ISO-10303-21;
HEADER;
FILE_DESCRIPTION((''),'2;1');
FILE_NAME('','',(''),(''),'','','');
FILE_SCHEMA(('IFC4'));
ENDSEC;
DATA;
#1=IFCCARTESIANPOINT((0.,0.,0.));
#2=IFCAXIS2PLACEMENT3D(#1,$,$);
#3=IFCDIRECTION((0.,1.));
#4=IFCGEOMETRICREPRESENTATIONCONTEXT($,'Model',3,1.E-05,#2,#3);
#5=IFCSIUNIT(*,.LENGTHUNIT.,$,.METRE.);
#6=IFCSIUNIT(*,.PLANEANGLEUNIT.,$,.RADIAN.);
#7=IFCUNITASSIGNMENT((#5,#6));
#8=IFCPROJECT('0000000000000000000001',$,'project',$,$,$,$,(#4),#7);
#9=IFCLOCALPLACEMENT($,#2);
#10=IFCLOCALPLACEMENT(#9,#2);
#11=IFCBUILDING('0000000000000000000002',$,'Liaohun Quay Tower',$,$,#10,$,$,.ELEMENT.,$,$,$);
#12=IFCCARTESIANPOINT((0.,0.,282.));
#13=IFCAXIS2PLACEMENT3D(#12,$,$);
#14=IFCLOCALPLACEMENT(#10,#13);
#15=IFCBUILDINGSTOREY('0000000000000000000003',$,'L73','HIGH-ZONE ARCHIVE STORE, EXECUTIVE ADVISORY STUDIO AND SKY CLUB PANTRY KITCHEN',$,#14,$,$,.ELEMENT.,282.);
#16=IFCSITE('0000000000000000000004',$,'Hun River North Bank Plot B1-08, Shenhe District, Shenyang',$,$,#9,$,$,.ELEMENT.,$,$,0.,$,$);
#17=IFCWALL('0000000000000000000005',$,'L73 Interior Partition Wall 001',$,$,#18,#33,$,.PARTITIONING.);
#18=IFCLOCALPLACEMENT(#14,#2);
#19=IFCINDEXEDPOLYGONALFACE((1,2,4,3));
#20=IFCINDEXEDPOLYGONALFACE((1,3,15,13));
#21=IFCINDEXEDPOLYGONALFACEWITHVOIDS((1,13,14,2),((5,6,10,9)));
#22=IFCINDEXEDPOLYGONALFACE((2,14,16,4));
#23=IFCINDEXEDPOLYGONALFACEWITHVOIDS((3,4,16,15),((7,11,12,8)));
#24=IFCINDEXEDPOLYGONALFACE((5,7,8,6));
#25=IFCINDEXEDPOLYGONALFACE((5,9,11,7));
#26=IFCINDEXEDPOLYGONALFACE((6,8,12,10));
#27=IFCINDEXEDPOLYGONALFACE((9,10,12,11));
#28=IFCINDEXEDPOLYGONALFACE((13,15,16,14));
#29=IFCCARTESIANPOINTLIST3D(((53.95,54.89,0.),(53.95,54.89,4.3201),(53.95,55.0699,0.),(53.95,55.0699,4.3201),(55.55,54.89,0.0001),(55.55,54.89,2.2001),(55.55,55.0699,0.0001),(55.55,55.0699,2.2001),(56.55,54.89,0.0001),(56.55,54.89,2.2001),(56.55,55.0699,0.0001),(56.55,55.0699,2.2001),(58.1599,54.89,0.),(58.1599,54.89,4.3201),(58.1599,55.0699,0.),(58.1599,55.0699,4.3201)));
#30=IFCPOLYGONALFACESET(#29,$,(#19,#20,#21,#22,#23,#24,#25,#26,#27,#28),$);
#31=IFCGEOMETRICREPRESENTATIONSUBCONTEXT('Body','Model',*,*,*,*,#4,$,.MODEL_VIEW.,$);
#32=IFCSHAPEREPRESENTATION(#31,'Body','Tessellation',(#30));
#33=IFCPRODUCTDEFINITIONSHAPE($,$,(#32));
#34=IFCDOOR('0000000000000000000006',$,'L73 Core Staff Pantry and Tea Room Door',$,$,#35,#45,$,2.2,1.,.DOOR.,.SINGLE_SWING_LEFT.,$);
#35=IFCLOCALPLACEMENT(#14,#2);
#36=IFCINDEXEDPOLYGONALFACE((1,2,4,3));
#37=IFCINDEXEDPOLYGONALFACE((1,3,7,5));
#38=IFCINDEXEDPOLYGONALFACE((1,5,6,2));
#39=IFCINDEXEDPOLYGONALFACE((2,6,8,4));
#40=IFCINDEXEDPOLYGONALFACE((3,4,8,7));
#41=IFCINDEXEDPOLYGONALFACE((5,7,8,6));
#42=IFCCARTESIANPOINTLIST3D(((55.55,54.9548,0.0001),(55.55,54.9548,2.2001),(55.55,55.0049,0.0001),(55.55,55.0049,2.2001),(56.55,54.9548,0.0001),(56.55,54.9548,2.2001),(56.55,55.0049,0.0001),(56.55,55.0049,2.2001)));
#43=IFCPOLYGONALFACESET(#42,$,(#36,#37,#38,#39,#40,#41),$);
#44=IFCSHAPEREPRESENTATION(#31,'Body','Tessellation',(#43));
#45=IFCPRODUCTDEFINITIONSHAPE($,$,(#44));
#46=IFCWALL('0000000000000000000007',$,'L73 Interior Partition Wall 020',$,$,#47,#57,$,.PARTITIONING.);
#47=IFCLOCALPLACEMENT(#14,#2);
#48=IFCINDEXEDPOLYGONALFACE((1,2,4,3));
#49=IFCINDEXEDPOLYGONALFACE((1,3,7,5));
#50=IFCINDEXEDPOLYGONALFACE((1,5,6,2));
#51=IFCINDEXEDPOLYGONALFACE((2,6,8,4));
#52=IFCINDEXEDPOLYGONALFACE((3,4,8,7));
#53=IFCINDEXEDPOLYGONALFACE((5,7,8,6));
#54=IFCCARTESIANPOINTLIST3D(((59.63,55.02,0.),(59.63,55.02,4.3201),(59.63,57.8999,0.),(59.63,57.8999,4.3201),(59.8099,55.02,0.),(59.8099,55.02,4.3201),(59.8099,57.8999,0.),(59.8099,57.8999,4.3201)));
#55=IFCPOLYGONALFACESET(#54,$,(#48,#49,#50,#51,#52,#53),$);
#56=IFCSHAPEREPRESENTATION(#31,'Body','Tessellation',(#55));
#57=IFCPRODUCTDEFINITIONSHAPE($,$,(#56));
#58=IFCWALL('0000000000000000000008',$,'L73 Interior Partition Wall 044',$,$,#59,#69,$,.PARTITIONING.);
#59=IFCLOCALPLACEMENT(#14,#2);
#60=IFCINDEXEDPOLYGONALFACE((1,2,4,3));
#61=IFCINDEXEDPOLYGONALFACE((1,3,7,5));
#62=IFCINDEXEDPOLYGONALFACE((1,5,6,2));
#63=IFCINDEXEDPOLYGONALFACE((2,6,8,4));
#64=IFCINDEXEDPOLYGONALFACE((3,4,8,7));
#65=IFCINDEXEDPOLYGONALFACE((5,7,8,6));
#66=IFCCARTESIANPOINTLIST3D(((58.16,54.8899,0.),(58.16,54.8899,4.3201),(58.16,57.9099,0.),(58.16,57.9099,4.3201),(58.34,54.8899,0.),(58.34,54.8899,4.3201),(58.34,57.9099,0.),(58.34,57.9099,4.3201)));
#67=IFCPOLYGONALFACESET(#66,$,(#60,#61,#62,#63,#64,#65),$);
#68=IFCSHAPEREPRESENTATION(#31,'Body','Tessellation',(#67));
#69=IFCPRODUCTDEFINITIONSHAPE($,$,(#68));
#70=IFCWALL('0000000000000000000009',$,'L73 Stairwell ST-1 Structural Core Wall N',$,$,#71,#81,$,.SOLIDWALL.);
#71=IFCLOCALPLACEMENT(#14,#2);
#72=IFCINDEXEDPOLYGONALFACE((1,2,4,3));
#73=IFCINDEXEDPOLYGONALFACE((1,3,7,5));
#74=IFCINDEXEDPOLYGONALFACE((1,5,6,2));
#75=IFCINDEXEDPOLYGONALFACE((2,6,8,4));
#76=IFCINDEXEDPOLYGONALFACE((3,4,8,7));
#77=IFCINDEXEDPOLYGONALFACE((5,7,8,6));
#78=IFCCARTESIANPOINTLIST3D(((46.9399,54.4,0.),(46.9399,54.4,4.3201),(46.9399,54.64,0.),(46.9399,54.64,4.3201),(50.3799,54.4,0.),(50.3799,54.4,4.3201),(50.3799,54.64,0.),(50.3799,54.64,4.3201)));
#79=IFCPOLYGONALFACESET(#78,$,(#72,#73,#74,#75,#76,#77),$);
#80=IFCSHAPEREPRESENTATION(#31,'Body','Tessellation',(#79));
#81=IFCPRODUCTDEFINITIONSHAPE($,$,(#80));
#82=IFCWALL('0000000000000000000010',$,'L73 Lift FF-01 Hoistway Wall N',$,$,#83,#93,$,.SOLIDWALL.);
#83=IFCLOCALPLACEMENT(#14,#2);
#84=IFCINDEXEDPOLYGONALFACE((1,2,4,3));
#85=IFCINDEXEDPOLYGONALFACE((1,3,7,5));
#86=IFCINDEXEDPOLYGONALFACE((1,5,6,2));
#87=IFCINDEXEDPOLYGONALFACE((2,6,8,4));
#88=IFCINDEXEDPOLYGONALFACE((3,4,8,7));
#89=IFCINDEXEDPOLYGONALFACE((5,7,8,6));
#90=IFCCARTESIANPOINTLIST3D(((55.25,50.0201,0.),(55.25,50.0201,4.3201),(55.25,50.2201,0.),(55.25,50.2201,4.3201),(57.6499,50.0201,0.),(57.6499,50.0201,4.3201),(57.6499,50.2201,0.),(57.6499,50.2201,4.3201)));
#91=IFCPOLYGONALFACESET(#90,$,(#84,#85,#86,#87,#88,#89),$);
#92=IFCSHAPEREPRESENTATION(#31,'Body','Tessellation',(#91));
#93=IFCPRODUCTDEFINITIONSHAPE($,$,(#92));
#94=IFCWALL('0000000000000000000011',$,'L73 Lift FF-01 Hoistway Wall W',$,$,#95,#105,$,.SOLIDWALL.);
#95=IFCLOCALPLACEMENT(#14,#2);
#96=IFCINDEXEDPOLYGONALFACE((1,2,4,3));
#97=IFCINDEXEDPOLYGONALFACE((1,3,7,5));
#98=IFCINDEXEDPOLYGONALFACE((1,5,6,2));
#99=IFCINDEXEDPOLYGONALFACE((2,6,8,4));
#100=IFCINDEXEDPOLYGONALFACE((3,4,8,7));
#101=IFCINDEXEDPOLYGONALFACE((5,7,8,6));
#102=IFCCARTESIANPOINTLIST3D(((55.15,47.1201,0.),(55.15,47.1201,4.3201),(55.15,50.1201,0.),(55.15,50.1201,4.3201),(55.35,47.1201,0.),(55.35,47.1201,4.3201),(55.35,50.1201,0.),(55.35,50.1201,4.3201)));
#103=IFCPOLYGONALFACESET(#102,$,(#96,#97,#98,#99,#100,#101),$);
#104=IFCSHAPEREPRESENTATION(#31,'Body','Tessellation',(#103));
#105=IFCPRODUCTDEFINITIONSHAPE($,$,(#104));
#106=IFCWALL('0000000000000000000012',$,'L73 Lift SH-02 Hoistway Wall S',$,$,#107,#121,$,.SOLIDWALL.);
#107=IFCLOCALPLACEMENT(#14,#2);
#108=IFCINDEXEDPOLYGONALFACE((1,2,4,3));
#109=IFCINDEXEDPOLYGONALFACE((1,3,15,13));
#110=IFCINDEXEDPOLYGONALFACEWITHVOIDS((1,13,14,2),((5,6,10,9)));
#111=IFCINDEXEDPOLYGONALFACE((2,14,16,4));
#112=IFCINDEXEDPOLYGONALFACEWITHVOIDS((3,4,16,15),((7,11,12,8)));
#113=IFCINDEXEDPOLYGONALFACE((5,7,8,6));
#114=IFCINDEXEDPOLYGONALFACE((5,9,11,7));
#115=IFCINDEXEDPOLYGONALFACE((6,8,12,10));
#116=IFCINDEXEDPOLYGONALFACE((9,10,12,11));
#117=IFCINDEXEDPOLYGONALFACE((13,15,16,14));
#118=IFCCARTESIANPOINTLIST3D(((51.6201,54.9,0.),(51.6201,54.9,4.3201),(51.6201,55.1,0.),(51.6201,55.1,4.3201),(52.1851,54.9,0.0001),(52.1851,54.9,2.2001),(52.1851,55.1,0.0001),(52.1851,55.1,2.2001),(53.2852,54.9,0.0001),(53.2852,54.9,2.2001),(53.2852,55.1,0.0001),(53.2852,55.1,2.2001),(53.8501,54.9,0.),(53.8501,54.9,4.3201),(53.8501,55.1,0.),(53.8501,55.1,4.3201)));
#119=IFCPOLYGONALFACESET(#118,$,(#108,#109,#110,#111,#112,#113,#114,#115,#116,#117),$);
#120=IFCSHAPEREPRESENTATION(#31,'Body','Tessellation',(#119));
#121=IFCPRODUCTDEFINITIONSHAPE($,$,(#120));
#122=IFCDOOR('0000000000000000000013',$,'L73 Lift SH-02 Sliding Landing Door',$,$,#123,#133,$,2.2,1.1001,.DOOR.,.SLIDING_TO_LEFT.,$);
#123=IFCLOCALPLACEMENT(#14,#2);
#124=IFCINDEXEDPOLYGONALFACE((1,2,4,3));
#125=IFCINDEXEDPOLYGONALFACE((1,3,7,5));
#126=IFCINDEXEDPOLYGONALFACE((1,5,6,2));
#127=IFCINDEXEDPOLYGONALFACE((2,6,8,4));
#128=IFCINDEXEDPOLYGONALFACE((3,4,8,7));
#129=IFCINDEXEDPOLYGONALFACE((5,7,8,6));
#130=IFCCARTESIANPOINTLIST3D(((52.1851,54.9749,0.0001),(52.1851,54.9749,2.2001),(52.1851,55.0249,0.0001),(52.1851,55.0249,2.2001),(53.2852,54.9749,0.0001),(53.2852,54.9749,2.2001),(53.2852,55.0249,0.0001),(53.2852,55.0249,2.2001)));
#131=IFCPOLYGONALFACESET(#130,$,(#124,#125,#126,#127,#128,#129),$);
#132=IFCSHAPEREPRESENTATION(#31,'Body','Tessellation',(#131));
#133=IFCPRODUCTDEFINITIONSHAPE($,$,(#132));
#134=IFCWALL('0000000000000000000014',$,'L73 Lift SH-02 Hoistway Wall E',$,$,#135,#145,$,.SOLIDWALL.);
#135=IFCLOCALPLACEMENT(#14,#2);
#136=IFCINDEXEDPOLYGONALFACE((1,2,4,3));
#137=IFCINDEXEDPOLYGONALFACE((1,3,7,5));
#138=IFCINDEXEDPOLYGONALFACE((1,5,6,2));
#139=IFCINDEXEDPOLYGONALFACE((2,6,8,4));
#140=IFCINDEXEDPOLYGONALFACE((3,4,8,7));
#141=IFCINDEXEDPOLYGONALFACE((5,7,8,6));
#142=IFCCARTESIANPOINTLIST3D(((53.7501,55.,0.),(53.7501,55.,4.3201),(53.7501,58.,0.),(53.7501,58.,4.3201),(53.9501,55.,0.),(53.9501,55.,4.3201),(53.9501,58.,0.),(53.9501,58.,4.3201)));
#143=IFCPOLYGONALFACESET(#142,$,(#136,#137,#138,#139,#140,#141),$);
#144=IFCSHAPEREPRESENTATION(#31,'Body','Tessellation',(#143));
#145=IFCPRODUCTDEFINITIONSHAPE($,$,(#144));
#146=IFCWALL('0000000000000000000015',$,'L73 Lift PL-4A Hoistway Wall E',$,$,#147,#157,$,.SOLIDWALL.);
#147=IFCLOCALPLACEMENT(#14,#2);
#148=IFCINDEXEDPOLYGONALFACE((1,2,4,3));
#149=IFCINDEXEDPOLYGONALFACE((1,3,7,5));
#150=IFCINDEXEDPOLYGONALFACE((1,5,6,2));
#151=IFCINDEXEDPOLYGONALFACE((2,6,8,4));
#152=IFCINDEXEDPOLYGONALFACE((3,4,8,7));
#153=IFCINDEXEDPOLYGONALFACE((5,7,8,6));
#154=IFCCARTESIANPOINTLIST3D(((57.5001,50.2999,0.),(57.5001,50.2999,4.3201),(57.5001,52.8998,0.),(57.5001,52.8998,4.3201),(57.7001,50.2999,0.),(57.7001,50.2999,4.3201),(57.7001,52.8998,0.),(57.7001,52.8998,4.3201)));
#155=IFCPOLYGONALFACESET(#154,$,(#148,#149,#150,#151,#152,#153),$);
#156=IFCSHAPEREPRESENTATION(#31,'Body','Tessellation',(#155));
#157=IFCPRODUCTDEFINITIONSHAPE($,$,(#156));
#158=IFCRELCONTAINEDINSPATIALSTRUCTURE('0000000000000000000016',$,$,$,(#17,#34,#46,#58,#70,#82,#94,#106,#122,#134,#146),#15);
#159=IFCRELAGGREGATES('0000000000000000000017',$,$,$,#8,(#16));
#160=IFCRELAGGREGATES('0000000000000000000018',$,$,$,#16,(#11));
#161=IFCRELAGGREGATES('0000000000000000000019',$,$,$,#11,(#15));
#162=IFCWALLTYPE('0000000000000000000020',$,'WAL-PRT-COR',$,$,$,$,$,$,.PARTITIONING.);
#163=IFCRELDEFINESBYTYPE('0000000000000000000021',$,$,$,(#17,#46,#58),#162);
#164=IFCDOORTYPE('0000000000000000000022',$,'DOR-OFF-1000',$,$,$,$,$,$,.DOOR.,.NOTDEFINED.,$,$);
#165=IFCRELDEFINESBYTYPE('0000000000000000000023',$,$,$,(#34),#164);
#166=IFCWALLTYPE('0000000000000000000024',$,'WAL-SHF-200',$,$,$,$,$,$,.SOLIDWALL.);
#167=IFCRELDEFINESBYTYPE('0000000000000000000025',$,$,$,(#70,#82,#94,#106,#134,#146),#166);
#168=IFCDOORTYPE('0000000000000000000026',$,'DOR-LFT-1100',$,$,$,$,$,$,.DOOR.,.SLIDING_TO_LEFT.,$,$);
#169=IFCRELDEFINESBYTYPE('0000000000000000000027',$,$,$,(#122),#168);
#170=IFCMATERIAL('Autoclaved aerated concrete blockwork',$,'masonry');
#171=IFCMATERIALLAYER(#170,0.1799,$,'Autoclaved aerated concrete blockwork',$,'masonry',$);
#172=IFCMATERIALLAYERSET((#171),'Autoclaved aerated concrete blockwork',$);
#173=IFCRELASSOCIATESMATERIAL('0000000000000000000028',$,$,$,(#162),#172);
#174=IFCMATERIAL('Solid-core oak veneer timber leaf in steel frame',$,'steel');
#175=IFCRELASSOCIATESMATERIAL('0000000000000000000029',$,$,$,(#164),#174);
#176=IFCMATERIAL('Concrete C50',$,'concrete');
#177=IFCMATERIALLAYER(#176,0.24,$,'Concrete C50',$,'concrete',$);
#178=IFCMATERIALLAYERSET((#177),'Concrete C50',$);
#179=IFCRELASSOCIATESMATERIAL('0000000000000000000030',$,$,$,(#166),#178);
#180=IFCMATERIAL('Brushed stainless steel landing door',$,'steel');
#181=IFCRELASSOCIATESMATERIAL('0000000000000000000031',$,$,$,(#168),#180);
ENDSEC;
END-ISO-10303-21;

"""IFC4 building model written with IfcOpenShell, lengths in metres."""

from ifc_helpers import new_model, si_unit, direction, frame, frame_2d, origin, place, context, subcontext, project, spatial, rectangle, extrude, source, transform, mapped, material, layer, layer_set, type_object, element, fill, save


model = new_model("IFC4")

# Units and contexts
model_context = context("Model", 3, precision=1e-05, world=origin(), true_north=direction((0.0, 1.0)))
body_context = subcontext(model_context, "Body", "Model", "MODEL_VIEW")
ifc_project = project(units=[si_unit("LENGTHUNIT", "METRE"), si_unit("PLANEANGLEUNIT", "RADIAN")], contexts=[model_context])

# Site, building, storey
site_placement = place(None, origin())
site = spatial("IfcSite", under=ifc_project, at=site_placement, Name="Hun River North Bank Plot B1-08, Shenhe District, Shenyang", CompositionType="ELEMENT", RefElevation=0.0)
building_placement = place(site_placement, origin())
building = spatial("IfcBuilding", under=site, at=building_placement, Name="Liaohun Quay Tower", CompositionType="ELEMENT")
storey_placement = place(building_placement, frame((0.0, 0.0, 282.0)))
storey = spatial("IfcBuildingStorey", under=building, at=storey_placement, Name="L73", Description="HIGH-ZONE ARCHIVE STORE, EXECUTIVE ADVISORY STUDIO AND SKY CLUB PANTRY KITCHEN", CompositionType="ELEMENT", Elevation=282.0)

# Wall, opening, door
ifc_material_1 = material(Name="Autoclaved aerated concrete blockwork", Category="masonry")
ifc_layer_1 = layer(ifc_material_1, 0.1799, Name="Autoclaved aerated concrete blockwork", Category="masonry")
ifc_layer_set_1 = layer_set([ifc_layer_1], Name="Autoclaved aerated concrete blockwork")
wall_type_1 = type_object("IfcWallType", Name="WAL-PRT-COR", PredefinedType="PARTITIONING", material=ifc_layer_set_1)
wall_1_placement = place(storey_placement, frame((53.95, 54.98, 0.0), z_axis=(0.0, 0.0, 1.0), x_axis=(1.0, 0.0, 0.0)))
wall_1 = element("IfcWall", 1, at=wall_1_placement, inside=storey, type_object=wall_type_1, Name="L73 Interior Partition Wall 001", PredefinedType="PARTITIONING", context=body_context, shape_type="SweptSolid", body=[
    extrude(rectangle(XDim=4.21, YDim=0.1799, at=frame_2d((2.105, 0.0))), origin(), (0.0, 0.0, 1.0), 4.3201),
])
shared_shape_1 = source(origin(), body_context, "Body", "SweptSolid", [
    extrude(rectangle(XDim=1.0, YDim=2.2, at=frame_2d((0.5, 1.1001))), frame((0.0, 0.0999, 0.0), z_axis=(0.0, -1.0, 0.0), x_axis=(1.0, 0.0, 0.0)), (0.0, 0.0, 1.0), 0.2),
])
opening_1_placement = place(wall_1_placement, frame((1.6001, 0.0, 0.0)))
opening_1 = element("IfcOpeningElement", 2, at=opening_1_placement, cuts=wall_1, PredefinedType="OPENING", context=body_context, shape_type="MappedRepresentation", body=[
    mapped(shared_shape_1, transform((0.0, 0.0, 0.0), x_axis=(1.0, 0.0, 0.0), y_axis=(0.0, 1.0, 0.0), z_axis=(0.0, 0.0, 1.0), scale=1.0)),
])
ifc_material_2 = material(Name="Solid-core oak veneer timber leaf in steel frame", Category="steel")
door_type_1 = type_object("IfcDoorType", Name="DOR-OFF-1000", OperationType="NOTDEFINED", PredefinedType="DOOR", material=ifc_material_2)
shared_shape_2 = source(origin(), body_context, "Body", "SweptSolid", [
    extrude(rectangle(XDim=1.0, YDim=2.2, at=frame_2d((0.5, 1.1001))), frame((0.0, 0.0249, 0.0), z_axis=(0.0, -1.0, 0.0), x_axis=(1.0, 0.0, 0.0)), (0.0, 0.0, 1.0), 0.05),
])
door_1_placement = place(opening_1_placement, origin())
door_1 = element("IfcDoor", 3, at=door_1_placement, inside=storey, type_object=door_type_1, Name="L73 Core Staff Pantry and Tea Room Door", OperationType="SINGLE_SWING_LEFT", OverallHeight=2.2, OverallWidth=1.0, PredefinedType="DOOR", context=body_context, shape_type="MappedRepresentation", body=[
    mapped(shared_shape_2, transform((0.0, 0.0, 0.0), x_axis=(1.0, 0.0, 0.0), y_axis=(0.0, 1.0, 0.0), z_axis=(0.0, 0.0, 1.0), scale=1.0)),
])
fill(opening_1, door_1)

# Walls
wall_2_placement = place(storey_placement, frame((59.72, 55.02, 0.0), z_axis=(0.0, 0.0, 1.0), x_axis=(0.0, 1.0, 0.0)))
element("IfcWall", 4, at=wall_2_placement, inside=storey, type_object=wall_type_1, Name="L73 Interior Partition Wall 020", PredefinedType="PARTITIONING", context=body_context, shape_type="SweptSolid", body=[
    extrude(rectangle(XDim=2.8799, YDim=0.1799, at=frame_2d((1.4399, 0.0))), origin(), (0.0, 0.0, 1.0), 4.3201),
])
wall_3_placement = place(storey_placement, frame((58.25, 54.8899, 0.0), z_axis=(0.0, 0.0, 1.0), x_axis=(0.0, 1.0, 0.0)))
element("IfcWall", 5, at=wall_3_placement, inside=storey, type_object=wall_type_1, Name="L73 Interior Partition Wall 044", PredefinedType="PARTITIONING", context=body_context, shape_type="SweptSolid", body=[
    extrude(rectangle(XDim=3.02, YDim=0.1799, at=frame_2d((1.51, 0.0))), origin(), (0.0, 0.0, 1.0), 4.3201),
])
ifc_material_3 = material(Name="Concrete C50", Category="concrete")
ifc_layer_2 = layer(ifc_material_3, 0.24, Name="Concrete C50", Category="concrete")
ifc_layer_set_2 = layer_set([ifc_layer_2], Name="Concrete C50")
wall_type_2 = type_object("IfcWallType", Name="WAL-SHF-200", PredefinedType="SOLIDWALL", material=ifc_layer_set_2)
wall_4_placement = place(storey_placement, frame((50.3799, 54.52, 0.0), z_axis=(0.0, 0.0, 1.0), x_axis=(-1.0, 0.0, 0.0)))
element("IfcWall", 6, at=wall_4_placement, inside=storey, type_object=wall_type_2, Name="L73 Stairwell ST-1 Structural Core Wall N", PredefinedType="SOLIDWALL", context=body_context, shape_type="SweptSolid", body=[
    extrude(rectangle(XDim=3.4399, YDim=0.24, at=frame_2d((1.72, 0.0))), origin(), (0.0, 0.0, 1.0), 4.3201),
])
wall_5_placement = place(storey_placement, frame((57.6499, 50.1201, 0.0), z_axis=(0.0, 0.0, 1.0), x_axis=(-1.0, 0.0, 0.0)))
element("IfcWall", 7, at=wall_5_placement, inside=storey, type_object=wall_type_2, Name="L73 Lift FF-01 Hoistway Wall N", PredefinedType="SOLIDWALL", context=body_context, shape_type="SweptSolid", body=[
    extrude(rectangle(XDim=2.3999, YDim=0.2, at=frame_2d((1.2, 0.0))), origin(), (0.0, 0.0, 1.0), 4.3201),
])
wall_6_placement = place(storey_placement, frame((55.25, 50.1201, 0.0), z_axis=(0.0, 0.0, 1.0), x_axis=(0.0, -1.0, 0.0)))
element("IfcWall", 8, at=wall_6_placement, inside=storey, type_object=wall_type_2, Name="L73 Lift FF-01 Hoistway Wall W", PredefinedType="SOLIDWALL", context=body_context, shape_type="SweptSolid", body=[
    extrude(rectangle(XDim=3.0, YDim=0.2, at=frame_2d((1.5, 0.0))), origin(), (0.0, 0.0, 1.0), 4.3201),
])

# Wall, opening, door
wall_7_placement = place(storey_placement, frame((51.6201, 55.0, 0.0), z_axis=(0.0, 0.0, 1.0), x_axis=(1.0, 0.0, 0.0)))
wall_7 = element("IfcWall", 9, at=wall_7_placement, inside=storey, type_object=wall_type_2, Name="L73 Lift SH-02 Hoistway Wall S", PredefinedType="SOLIDWALL", context=body_context, shape_type="SweptSolid", body=[
    extrude(rectangle(XDim=2.23, YDim=0.2, at=frame_2d((1.115, 0.0))), origin(), (0.0, 0.0, 1.0), 4.3201),
])
shared_shape_3 = source(origin(), body_context, "Body", "SweptSolid", [
    extrude(rectangle(XDim=1.1001, YDim=2.2, at=frame_2d((0.55, 1.1001))), frame((0.0, 0.1099, 0.0), z_axis=(0.0, -1.0, 0.0), x_axis=(1.0, 0.0, 0.0)), (0.0, 0.0, 1.0), 0.22),
])
opening_2_placement = place(wall_7_placement, frame((0.5649, 0.0, 0.0)))
opening_2 = element("IfcOpeningElement", 10, at=opening_2_placement, cuts=wall_7, PredefinedType="OPENING", context=body_context, shape_type="MappedRepresentation", body=[
    mapped(shared_shape_3, transform((0.0, 0.0, 0.0), x_axis=(1.0, 0.0, 0.0), y_axis=(0.0, 1.0, 0.0), z_axis=(0.0, 0.0, 1.0), scale=1.0)),
])
ifc_material_4 = material(Name="Brushed stainless steel landing door", Category="steel")
door_type_2 = type_object("IfcDoorType", Name="DOR-LFT-1100", OperationType="SLIDING_TO_LEFT", PredefinedType="DOOR", material=ifc_material_4)
shared_shape_4 = source(origin(), body_context, "Body", "SweptSolid", [
    extrude(rectangle(XDim=1.1001, YDim=2.2, at=frame_2d((0.55, 1.1001))), frame((0.0, 0.0249, 0.0), z_axis=(0.0, -1.0, 0.0), x_axis=(1.0, 0.0, 0.0)), (0.0, 0.0, 1.0), 0.05),
])
door_2_placement = place(opening_2_placement, origin())
door_2 = element("IfcDoor", 11, at=door_2_placement, inside=storey, type_object=door_type_2, Name="L73 Lift SH-02 Sliding Landing Door", OperationType="SLIDING_TO_LEFT", OverallHeight=2.2, OverallWidth=1.1001, PredefinedType="DOOR", context=body_context, shape_type="MappedRepresentation", body=[
    mapped(shared_shape_4, transform((0.0, 0.0, 0.0), x_axis=(1.0, 0.0, 0.0), y_axis=(0.0, 1.0, 0.0), z_axis=(0.0, 0.0, 1.0), scale=1.0)),
])
fill(opening_2, door_2)

# Walls
wall_8_placement = place(storey_placement, frame((53.8501, 55.0, 0.0), z_axis=(0.0, 0.0, 1.0), x_axis=(0.0, 1.0, 0.0)))
element("IfcWall", 12, at=wall_8_placement, inside=storey, type_object=wall_type_2, Name="L73 Lift SH-02 Hoistway Wall E", PredefinedType="SOLIDWALL", context=body_context, shape_type="SweptSolid", body=[
    extrude(rectangle(XDim=3.0, YDim=0.2, at=frame_2d((1.5, 0.0))), origin(), (0.0, 0.0, 1.0), 4.3201),
])
wall_9_placement = place(storey_placement, frame((57.6001, 50.3, 0.0), z_axis=(0.0, 0.0, 1.0), x_axis=(0.0, 1.0, 0.0)))
element("IfcWall", 13, at=wall_9_placement, inside=storey, type_object=wall_type_2, Name="L73 Lift PL-4A Hoistway Wall E", PredefinedType="SOLIDWALL", context=body_context, shape_type="SweptSolid", body=[
    extrude(rectangle(XDim=2.5999, YDim=0.2, at=frame_2d((1.2998, 0.0))), origin(), (0.0, 0.0, 1.0), 4.3201),
])

save(model, "model.ifc")
